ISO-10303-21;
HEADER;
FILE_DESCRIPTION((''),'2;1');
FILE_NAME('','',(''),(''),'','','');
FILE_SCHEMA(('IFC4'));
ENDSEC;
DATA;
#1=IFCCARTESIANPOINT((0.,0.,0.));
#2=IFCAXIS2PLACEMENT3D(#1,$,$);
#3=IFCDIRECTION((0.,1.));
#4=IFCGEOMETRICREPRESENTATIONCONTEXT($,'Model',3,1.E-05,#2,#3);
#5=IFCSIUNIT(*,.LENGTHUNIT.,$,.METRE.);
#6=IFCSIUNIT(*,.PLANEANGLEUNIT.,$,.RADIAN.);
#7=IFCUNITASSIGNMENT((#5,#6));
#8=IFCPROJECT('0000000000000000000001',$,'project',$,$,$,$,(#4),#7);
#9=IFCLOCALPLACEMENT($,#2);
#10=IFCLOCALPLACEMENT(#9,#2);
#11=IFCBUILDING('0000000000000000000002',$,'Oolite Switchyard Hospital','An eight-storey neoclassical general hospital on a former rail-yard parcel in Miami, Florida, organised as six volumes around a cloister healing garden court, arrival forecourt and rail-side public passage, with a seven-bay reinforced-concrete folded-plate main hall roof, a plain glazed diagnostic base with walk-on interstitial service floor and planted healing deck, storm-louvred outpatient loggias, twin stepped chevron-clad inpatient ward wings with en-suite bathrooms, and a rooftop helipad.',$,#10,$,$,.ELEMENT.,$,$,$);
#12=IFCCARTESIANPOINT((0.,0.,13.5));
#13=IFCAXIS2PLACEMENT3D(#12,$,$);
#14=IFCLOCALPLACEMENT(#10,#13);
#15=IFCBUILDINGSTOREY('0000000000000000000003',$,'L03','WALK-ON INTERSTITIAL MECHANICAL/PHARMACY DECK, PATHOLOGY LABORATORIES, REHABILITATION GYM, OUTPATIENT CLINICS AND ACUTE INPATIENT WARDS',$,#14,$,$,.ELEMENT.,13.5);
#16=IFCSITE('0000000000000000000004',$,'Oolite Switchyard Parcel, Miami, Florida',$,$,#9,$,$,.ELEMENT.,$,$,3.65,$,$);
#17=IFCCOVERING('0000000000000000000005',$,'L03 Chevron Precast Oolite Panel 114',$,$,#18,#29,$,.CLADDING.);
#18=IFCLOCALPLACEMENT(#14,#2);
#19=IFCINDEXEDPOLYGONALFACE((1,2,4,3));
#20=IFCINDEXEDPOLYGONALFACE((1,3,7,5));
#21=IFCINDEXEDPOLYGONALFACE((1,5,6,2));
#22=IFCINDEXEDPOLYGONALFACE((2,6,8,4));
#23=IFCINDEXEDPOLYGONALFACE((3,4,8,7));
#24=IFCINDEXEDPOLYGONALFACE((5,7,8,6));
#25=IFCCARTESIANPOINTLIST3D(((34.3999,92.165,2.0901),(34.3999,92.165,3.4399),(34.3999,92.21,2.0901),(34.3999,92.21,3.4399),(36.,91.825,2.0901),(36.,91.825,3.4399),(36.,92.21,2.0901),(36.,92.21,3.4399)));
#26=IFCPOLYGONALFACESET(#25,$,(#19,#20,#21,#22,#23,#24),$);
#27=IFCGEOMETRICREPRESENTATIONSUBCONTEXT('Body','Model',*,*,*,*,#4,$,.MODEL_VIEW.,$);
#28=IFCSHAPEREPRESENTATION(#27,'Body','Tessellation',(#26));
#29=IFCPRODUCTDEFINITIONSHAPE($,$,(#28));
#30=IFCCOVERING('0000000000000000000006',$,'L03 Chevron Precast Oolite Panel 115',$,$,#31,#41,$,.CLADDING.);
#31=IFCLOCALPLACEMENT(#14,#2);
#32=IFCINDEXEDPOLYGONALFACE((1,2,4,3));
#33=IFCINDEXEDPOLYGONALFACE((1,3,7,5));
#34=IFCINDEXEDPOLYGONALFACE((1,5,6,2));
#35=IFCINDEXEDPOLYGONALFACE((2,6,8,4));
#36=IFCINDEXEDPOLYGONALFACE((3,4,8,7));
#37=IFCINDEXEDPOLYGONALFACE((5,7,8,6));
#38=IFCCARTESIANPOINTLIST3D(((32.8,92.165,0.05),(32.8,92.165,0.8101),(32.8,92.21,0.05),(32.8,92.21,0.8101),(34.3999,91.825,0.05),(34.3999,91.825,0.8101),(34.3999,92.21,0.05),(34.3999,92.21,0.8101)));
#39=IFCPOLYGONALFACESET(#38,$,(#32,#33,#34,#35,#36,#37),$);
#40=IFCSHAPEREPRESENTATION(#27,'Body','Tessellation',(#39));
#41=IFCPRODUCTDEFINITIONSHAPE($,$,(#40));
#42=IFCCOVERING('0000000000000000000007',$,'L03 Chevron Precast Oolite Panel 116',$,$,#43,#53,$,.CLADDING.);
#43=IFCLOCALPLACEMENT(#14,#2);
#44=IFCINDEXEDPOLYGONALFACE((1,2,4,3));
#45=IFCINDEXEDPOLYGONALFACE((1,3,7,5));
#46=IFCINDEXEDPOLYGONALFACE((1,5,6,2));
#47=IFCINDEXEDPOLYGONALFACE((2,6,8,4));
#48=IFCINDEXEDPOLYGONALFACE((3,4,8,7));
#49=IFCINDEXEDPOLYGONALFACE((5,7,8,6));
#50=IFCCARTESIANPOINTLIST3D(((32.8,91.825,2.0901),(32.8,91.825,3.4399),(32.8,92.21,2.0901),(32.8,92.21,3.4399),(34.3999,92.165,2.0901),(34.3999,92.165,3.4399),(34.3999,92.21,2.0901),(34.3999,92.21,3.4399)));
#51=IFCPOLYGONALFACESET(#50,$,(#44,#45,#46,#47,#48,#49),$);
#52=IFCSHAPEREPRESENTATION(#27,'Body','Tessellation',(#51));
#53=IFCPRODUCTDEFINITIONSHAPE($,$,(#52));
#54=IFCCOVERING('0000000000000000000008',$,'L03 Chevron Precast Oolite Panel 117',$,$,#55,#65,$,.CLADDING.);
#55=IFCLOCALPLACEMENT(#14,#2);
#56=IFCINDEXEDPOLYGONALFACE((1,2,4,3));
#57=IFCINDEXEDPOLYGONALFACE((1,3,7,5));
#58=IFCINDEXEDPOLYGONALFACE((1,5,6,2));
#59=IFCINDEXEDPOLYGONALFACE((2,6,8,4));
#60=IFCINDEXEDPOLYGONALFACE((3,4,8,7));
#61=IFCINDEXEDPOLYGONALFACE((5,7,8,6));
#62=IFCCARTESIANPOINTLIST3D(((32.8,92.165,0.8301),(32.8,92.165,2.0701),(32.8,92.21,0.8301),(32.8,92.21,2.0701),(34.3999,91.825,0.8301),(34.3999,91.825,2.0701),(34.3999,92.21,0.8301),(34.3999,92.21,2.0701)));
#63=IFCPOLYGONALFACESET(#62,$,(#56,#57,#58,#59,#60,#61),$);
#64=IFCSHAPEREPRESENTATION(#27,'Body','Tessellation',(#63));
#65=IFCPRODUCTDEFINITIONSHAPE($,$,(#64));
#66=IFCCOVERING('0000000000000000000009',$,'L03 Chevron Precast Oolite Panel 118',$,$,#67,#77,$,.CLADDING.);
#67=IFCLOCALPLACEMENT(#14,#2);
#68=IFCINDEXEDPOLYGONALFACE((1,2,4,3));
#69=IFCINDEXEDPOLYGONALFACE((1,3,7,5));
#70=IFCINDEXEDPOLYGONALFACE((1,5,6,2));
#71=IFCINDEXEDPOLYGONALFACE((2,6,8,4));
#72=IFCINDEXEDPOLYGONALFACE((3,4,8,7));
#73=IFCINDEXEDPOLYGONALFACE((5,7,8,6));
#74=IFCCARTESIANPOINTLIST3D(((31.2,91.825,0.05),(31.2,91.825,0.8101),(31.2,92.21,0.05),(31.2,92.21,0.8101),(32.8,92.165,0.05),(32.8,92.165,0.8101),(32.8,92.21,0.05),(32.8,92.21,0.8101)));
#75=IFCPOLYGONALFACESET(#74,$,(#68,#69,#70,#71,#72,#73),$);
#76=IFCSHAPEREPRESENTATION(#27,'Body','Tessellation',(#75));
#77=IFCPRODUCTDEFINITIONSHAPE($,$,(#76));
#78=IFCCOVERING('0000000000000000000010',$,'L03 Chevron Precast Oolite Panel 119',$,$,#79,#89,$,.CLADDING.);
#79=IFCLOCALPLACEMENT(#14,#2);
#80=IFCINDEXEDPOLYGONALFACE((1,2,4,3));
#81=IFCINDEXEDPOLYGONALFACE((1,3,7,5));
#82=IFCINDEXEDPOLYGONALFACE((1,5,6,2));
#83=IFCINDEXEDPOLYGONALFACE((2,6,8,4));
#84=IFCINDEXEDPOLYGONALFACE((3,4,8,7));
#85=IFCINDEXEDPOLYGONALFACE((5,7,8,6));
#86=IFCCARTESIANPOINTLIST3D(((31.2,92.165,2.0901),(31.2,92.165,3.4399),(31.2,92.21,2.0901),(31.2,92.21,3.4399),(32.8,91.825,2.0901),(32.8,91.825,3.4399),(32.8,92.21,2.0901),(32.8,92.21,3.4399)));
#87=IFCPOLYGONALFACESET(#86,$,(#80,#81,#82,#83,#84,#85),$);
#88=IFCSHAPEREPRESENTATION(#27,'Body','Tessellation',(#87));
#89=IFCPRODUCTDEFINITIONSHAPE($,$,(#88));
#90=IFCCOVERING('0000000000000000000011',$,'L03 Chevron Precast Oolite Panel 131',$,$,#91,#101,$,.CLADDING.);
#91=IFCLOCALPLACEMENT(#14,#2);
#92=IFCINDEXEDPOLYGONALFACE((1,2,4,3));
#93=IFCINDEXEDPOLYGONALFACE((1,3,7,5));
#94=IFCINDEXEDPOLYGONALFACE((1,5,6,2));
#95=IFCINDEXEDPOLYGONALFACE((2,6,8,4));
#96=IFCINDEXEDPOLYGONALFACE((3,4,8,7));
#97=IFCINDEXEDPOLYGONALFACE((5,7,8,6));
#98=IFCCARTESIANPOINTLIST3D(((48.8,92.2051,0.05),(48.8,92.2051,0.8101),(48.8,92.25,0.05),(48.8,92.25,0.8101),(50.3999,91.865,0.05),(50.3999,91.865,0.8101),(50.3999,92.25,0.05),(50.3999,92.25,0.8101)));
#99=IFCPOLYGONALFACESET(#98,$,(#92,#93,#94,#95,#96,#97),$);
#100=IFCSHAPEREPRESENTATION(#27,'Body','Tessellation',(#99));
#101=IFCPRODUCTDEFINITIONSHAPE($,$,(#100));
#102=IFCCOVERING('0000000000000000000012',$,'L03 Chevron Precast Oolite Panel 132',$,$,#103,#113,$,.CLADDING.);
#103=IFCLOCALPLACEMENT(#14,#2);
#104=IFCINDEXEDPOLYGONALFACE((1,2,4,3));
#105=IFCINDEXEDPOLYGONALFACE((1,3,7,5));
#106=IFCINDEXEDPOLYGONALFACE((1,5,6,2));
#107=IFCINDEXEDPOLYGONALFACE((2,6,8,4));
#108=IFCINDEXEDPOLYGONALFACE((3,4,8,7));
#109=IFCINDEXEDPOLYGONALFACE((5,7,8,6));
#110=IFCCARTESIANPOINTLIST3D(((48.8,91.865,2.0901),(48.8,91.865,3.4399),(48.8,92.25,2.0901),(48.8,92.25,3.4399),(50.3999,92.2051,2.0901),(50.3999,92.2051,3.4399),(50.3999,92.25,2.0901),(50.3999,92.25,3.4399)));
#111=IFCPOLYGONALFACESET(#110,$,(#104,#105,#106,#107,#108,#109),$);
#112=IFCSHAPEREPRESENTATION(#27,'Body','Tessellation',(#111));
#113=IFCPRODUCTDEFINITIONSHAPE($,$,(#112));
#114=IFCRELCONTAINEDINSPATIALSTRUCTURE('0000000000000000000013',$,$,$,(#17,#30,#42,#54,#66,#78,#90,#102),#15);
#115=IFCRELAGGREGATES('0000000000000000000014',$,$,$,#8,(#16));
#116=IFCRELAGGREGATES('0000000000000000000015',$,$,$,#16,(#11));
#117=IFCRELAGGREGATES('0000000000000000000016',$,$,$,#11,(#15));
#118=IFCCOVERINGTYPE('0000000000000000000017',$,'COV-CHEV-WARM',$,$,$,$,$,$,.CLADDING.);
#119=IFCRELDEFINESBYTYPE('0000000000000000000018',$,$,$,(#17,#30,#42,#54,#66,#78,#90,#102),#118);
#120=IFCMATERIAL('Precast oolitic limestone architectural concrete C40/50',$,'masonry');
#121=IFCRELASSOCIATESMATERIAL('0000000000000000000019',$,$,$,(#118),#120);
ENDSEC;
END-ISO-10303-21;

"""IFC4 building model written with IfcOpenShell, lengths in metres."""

from ifc_helpers import new_model, si_unit, direction, frame, origin, place, context, subcontext, project, spatial, polyline, outline, extrude, material, type_object, element, save


model = new_model("IFC4")

# Units and contexts
model_context = context("Model", 3, precision=1e-05, world=origin(), true_north=direction((0.0, 1.0)))
body_context = subcontext(model_context, "Body", "Model", "MODEL_VIEW")
ifc_project = project(units=[si_unit("LENGTHUNIT", "METRE"), si_unit("PLANEANGLEUNIT", "RADIAN")], contexts=[model_context])

# Site, building, storey
site_placement = place(None, origin())
site = spatial("IfcSite", under=ifc_project, at=site_placement, Name="Oolite Switchyard Parcel, Miami, Florida", CompositionType="ELEMENT", RefElevation=3.65)
building_placement = place(site_placement, origin())
building = spatial("IfcBuilding", under=site, at=building_placement, Name="Oolite Switchyard Hospital", Description="An eight-storey neoclassical general hospital on a former rail-yard parcel in Miami, Florida, organised as six volumes around a cloister healing garden court, arrival forecourt and rail-side public passage, with a seven-bay reinforced-concrete folded-plate main hall roof, a plain glazed diagnostic base with walk-on interstitial service floor and planted healing deck, storm-louvred outpatient loggias, twin stepped chevron-clad inpatient ward wings with en-suite bathrooms, and a rooftop helipad.", CompositionType="ELEMENT")
storey_placement = place(building_placement, frame((0.0, 0.0, 13.5)))
storey = spatial("IfcBuildingStorey", under=building, at=storey_placement, Name="L03", Description="WALK-ON INTERSTITIAL MECHANICAL/PHARMACY DECK, PATHOLOGY LABORATORIES, REHABILITATION GYM, OUTPATIENT CLINICS AND ACUTE INPATIENT WARDS", CompositionType="ELEMENT", Elevation=13.5)

# Shared definitions
ifc_material_1 = material(Name="Precast oolitic limestone architectural concrete C40/50", Category="masonry")

# Coverings
covering_type = type_object("IfcCoveringType", Name="COV-CHEV-WARM", PredefinedType="CLADDING", material=ifc_material_1)
covering_1_placement = place(storey_placement, frame((36.0, 92.21, 2.0901), z_axis=(0.0, 0.0, 1.0), x_axis=(-1.0, 0.0, 0.0)))
element("IfcCovering", 1, at=covering_1_placement, inside=storey, type_object=covering_type, Name="L03 Chevron Precast Oolite Panel 114", PredefinedType="CLADDING", context=body_context, shape_type="SweptSolid", body=[
    extrude(outline(polyline([(0.0, 0.0), (1.6001, 0.0), (1.6001, 0.0449), (0.0, 0.385), (0.0, 0.0)])), origin(), (0.0, 0.0, 1.0), 1.3499),
])
covering_2_placement = place(storey_placement, frame((34.3999, 92.21, 0.05), z_axis=(0.0, 0.0, 1.0), x_axis=(-1.0, 0.0, 0.0)))
element("IfcCovering", 2, at=covering_2_placement, inside=storey, type_object=covering_type, Name="L03 Chevron Precast Oolite Panel 115", PredefinedType="CLADDING", context=body_context, shape_type="SweptSolid", body=[
    extrude(outline(polyline([(0.0, 0.0), (1.5999, 0.0), (1.5999, 0.0449), (0.0, 0.385), (0.0, 0.0)])), origin(), (0.0, 0.0, 1.0), 0.76),
])
covering_3_placement = place(storey_placement, frame((34.3999, 92.21, 2.0901), z_axis=(0.0, 0.0, 1.0), x_axis=(-1.0, 0.0, 0.0)))
element("IfcCovering", 3, at=covering_3_placement, inside=storey, type_object=covering_type, Name="L03 Chevron Precast Oolite Panel 116", PredefinedType="CLADDING", context=body_context, shape_type="SweptSolid", body=[
    extrude(outline(polyline([(0.0, 0.0), (1.5999, 0.0), (1.5999, 0.385), (0.0, 0.0449), (0.0, 0.0)])), origin(), (0.0, 0.0, 1.0), 1.3499),
])
covering_4_placement = place(storey_placement, frame((34.3999, 92.21, 0.8301), z_axis=(0.0, 0.0, 1.0), x_axis=(-1.0, 0.0, 0.0)))
element("IfcCovering", 4, at=covering_4_placement, inside=storey, type_object=covering_type, Name="L03 Chevron Precast Oolite Panel 117", PredefinedType="CLADDING", context=body_context, shape_type="SweptSolid", body=[
    extrude(outline(polyline([(0.0, 0.0), (1.5999, 0.0), (1.5999, 0.0449), (0.0, 0.385), (0.0, 0.0)])), origin(), (0.0, 0.0, 1.0), 1.24),
])
covering_5_placement = place(storey_placement, frame((32.8, 92.21, 0.05), z_axis=(0.0, 0.0, 1.0), x_axis=(-1.0, 0.0, 0.0)))
element("IfcCovering", 5, at=covering_5_placement, inside=storey, type_object=covering_type, Name="L03 Chevron Precast Oolite Panel 118", PredefinedType="CLADDING", context=body_context, shape_type="SweptSolid", body=[
    extrude(outline(polyline([(0.0, 0.0), (1.6001, 0.0), (1.6001, 0.385), (0.0, 0.0449), (0.0, 0.0)])), origin(), (0.0, 0.0, 1.0), 0.76),
])
covering_6_placement = place(storey_placement, frame((32.8, 92.21, 2.0901), z_axis=(0.0, 0.0, 1.0), x_axis=(-1.0, 0.0, 0.0)))
element("IfcCovering", 6, at=covering_6_placement, inside=storey, type_object=covering_type, Name="L03 Chevron Precast Oolite Panel 119", PredefinedType="CLADDING", context=body_context, shape_type="SweptSolid", body=[
    extrude(outline(polyline([(0.0, 0.0), (1.6001, 0.0), (1.6001, 0.0449), (0.0, 0.385), (0.0, 0.0)])), origin(), (0.0, 0.0, 1.0), 1.3499),
])
covering_7_placement = place(storey_placement, frame((50.3999, 92.25, 0.05), z_axis=(0.0, 0.0, 1.0), x_axis=(-1.0, 0.0, 0.0)))
element("IfcCovering", 7, at=covering_7_placement, inside=storey, type_object=covering_type, Name="L03 Chevron Precast Oolite Panel 131", PredefinedType="CLADDING", context=body_context, shape_type="SweptSolid", body=[
    extrude(outline(polyline([(0.0, 0.0), (1.5999, 0.0), (1.5999, 0.0449), (0.0, 0.385), (0.0, 0.0)])), origin(), (0.0, 0.0, 1.0), 0.76),
])
covering_8_placement = place(storey_placement, frame((50.3999, 92.25, 2.0901), z_axis=(0.0, 0.0, 1.0), x_axis=(-1.0, 0.0, 0.0)))
element("IfcCovering", 8, at=covering_8_placement, inside=storey, type_object=covering_type, Name="L03 Chevron Precast Oolite Panel 132", PredefinedType="CLADDING", context=body_context, shape_type="SweptSolid", body=[
    extrude(outline(polyline([(0.0, 0.0), (1.5999, 0.0), (1.5999, 0.385), (0.0, 0.0449), (0.0, 0.0)])), origin(), (0.0, 0.0, 1.0), 1.3499),
])

save(model, "model.ifc")
